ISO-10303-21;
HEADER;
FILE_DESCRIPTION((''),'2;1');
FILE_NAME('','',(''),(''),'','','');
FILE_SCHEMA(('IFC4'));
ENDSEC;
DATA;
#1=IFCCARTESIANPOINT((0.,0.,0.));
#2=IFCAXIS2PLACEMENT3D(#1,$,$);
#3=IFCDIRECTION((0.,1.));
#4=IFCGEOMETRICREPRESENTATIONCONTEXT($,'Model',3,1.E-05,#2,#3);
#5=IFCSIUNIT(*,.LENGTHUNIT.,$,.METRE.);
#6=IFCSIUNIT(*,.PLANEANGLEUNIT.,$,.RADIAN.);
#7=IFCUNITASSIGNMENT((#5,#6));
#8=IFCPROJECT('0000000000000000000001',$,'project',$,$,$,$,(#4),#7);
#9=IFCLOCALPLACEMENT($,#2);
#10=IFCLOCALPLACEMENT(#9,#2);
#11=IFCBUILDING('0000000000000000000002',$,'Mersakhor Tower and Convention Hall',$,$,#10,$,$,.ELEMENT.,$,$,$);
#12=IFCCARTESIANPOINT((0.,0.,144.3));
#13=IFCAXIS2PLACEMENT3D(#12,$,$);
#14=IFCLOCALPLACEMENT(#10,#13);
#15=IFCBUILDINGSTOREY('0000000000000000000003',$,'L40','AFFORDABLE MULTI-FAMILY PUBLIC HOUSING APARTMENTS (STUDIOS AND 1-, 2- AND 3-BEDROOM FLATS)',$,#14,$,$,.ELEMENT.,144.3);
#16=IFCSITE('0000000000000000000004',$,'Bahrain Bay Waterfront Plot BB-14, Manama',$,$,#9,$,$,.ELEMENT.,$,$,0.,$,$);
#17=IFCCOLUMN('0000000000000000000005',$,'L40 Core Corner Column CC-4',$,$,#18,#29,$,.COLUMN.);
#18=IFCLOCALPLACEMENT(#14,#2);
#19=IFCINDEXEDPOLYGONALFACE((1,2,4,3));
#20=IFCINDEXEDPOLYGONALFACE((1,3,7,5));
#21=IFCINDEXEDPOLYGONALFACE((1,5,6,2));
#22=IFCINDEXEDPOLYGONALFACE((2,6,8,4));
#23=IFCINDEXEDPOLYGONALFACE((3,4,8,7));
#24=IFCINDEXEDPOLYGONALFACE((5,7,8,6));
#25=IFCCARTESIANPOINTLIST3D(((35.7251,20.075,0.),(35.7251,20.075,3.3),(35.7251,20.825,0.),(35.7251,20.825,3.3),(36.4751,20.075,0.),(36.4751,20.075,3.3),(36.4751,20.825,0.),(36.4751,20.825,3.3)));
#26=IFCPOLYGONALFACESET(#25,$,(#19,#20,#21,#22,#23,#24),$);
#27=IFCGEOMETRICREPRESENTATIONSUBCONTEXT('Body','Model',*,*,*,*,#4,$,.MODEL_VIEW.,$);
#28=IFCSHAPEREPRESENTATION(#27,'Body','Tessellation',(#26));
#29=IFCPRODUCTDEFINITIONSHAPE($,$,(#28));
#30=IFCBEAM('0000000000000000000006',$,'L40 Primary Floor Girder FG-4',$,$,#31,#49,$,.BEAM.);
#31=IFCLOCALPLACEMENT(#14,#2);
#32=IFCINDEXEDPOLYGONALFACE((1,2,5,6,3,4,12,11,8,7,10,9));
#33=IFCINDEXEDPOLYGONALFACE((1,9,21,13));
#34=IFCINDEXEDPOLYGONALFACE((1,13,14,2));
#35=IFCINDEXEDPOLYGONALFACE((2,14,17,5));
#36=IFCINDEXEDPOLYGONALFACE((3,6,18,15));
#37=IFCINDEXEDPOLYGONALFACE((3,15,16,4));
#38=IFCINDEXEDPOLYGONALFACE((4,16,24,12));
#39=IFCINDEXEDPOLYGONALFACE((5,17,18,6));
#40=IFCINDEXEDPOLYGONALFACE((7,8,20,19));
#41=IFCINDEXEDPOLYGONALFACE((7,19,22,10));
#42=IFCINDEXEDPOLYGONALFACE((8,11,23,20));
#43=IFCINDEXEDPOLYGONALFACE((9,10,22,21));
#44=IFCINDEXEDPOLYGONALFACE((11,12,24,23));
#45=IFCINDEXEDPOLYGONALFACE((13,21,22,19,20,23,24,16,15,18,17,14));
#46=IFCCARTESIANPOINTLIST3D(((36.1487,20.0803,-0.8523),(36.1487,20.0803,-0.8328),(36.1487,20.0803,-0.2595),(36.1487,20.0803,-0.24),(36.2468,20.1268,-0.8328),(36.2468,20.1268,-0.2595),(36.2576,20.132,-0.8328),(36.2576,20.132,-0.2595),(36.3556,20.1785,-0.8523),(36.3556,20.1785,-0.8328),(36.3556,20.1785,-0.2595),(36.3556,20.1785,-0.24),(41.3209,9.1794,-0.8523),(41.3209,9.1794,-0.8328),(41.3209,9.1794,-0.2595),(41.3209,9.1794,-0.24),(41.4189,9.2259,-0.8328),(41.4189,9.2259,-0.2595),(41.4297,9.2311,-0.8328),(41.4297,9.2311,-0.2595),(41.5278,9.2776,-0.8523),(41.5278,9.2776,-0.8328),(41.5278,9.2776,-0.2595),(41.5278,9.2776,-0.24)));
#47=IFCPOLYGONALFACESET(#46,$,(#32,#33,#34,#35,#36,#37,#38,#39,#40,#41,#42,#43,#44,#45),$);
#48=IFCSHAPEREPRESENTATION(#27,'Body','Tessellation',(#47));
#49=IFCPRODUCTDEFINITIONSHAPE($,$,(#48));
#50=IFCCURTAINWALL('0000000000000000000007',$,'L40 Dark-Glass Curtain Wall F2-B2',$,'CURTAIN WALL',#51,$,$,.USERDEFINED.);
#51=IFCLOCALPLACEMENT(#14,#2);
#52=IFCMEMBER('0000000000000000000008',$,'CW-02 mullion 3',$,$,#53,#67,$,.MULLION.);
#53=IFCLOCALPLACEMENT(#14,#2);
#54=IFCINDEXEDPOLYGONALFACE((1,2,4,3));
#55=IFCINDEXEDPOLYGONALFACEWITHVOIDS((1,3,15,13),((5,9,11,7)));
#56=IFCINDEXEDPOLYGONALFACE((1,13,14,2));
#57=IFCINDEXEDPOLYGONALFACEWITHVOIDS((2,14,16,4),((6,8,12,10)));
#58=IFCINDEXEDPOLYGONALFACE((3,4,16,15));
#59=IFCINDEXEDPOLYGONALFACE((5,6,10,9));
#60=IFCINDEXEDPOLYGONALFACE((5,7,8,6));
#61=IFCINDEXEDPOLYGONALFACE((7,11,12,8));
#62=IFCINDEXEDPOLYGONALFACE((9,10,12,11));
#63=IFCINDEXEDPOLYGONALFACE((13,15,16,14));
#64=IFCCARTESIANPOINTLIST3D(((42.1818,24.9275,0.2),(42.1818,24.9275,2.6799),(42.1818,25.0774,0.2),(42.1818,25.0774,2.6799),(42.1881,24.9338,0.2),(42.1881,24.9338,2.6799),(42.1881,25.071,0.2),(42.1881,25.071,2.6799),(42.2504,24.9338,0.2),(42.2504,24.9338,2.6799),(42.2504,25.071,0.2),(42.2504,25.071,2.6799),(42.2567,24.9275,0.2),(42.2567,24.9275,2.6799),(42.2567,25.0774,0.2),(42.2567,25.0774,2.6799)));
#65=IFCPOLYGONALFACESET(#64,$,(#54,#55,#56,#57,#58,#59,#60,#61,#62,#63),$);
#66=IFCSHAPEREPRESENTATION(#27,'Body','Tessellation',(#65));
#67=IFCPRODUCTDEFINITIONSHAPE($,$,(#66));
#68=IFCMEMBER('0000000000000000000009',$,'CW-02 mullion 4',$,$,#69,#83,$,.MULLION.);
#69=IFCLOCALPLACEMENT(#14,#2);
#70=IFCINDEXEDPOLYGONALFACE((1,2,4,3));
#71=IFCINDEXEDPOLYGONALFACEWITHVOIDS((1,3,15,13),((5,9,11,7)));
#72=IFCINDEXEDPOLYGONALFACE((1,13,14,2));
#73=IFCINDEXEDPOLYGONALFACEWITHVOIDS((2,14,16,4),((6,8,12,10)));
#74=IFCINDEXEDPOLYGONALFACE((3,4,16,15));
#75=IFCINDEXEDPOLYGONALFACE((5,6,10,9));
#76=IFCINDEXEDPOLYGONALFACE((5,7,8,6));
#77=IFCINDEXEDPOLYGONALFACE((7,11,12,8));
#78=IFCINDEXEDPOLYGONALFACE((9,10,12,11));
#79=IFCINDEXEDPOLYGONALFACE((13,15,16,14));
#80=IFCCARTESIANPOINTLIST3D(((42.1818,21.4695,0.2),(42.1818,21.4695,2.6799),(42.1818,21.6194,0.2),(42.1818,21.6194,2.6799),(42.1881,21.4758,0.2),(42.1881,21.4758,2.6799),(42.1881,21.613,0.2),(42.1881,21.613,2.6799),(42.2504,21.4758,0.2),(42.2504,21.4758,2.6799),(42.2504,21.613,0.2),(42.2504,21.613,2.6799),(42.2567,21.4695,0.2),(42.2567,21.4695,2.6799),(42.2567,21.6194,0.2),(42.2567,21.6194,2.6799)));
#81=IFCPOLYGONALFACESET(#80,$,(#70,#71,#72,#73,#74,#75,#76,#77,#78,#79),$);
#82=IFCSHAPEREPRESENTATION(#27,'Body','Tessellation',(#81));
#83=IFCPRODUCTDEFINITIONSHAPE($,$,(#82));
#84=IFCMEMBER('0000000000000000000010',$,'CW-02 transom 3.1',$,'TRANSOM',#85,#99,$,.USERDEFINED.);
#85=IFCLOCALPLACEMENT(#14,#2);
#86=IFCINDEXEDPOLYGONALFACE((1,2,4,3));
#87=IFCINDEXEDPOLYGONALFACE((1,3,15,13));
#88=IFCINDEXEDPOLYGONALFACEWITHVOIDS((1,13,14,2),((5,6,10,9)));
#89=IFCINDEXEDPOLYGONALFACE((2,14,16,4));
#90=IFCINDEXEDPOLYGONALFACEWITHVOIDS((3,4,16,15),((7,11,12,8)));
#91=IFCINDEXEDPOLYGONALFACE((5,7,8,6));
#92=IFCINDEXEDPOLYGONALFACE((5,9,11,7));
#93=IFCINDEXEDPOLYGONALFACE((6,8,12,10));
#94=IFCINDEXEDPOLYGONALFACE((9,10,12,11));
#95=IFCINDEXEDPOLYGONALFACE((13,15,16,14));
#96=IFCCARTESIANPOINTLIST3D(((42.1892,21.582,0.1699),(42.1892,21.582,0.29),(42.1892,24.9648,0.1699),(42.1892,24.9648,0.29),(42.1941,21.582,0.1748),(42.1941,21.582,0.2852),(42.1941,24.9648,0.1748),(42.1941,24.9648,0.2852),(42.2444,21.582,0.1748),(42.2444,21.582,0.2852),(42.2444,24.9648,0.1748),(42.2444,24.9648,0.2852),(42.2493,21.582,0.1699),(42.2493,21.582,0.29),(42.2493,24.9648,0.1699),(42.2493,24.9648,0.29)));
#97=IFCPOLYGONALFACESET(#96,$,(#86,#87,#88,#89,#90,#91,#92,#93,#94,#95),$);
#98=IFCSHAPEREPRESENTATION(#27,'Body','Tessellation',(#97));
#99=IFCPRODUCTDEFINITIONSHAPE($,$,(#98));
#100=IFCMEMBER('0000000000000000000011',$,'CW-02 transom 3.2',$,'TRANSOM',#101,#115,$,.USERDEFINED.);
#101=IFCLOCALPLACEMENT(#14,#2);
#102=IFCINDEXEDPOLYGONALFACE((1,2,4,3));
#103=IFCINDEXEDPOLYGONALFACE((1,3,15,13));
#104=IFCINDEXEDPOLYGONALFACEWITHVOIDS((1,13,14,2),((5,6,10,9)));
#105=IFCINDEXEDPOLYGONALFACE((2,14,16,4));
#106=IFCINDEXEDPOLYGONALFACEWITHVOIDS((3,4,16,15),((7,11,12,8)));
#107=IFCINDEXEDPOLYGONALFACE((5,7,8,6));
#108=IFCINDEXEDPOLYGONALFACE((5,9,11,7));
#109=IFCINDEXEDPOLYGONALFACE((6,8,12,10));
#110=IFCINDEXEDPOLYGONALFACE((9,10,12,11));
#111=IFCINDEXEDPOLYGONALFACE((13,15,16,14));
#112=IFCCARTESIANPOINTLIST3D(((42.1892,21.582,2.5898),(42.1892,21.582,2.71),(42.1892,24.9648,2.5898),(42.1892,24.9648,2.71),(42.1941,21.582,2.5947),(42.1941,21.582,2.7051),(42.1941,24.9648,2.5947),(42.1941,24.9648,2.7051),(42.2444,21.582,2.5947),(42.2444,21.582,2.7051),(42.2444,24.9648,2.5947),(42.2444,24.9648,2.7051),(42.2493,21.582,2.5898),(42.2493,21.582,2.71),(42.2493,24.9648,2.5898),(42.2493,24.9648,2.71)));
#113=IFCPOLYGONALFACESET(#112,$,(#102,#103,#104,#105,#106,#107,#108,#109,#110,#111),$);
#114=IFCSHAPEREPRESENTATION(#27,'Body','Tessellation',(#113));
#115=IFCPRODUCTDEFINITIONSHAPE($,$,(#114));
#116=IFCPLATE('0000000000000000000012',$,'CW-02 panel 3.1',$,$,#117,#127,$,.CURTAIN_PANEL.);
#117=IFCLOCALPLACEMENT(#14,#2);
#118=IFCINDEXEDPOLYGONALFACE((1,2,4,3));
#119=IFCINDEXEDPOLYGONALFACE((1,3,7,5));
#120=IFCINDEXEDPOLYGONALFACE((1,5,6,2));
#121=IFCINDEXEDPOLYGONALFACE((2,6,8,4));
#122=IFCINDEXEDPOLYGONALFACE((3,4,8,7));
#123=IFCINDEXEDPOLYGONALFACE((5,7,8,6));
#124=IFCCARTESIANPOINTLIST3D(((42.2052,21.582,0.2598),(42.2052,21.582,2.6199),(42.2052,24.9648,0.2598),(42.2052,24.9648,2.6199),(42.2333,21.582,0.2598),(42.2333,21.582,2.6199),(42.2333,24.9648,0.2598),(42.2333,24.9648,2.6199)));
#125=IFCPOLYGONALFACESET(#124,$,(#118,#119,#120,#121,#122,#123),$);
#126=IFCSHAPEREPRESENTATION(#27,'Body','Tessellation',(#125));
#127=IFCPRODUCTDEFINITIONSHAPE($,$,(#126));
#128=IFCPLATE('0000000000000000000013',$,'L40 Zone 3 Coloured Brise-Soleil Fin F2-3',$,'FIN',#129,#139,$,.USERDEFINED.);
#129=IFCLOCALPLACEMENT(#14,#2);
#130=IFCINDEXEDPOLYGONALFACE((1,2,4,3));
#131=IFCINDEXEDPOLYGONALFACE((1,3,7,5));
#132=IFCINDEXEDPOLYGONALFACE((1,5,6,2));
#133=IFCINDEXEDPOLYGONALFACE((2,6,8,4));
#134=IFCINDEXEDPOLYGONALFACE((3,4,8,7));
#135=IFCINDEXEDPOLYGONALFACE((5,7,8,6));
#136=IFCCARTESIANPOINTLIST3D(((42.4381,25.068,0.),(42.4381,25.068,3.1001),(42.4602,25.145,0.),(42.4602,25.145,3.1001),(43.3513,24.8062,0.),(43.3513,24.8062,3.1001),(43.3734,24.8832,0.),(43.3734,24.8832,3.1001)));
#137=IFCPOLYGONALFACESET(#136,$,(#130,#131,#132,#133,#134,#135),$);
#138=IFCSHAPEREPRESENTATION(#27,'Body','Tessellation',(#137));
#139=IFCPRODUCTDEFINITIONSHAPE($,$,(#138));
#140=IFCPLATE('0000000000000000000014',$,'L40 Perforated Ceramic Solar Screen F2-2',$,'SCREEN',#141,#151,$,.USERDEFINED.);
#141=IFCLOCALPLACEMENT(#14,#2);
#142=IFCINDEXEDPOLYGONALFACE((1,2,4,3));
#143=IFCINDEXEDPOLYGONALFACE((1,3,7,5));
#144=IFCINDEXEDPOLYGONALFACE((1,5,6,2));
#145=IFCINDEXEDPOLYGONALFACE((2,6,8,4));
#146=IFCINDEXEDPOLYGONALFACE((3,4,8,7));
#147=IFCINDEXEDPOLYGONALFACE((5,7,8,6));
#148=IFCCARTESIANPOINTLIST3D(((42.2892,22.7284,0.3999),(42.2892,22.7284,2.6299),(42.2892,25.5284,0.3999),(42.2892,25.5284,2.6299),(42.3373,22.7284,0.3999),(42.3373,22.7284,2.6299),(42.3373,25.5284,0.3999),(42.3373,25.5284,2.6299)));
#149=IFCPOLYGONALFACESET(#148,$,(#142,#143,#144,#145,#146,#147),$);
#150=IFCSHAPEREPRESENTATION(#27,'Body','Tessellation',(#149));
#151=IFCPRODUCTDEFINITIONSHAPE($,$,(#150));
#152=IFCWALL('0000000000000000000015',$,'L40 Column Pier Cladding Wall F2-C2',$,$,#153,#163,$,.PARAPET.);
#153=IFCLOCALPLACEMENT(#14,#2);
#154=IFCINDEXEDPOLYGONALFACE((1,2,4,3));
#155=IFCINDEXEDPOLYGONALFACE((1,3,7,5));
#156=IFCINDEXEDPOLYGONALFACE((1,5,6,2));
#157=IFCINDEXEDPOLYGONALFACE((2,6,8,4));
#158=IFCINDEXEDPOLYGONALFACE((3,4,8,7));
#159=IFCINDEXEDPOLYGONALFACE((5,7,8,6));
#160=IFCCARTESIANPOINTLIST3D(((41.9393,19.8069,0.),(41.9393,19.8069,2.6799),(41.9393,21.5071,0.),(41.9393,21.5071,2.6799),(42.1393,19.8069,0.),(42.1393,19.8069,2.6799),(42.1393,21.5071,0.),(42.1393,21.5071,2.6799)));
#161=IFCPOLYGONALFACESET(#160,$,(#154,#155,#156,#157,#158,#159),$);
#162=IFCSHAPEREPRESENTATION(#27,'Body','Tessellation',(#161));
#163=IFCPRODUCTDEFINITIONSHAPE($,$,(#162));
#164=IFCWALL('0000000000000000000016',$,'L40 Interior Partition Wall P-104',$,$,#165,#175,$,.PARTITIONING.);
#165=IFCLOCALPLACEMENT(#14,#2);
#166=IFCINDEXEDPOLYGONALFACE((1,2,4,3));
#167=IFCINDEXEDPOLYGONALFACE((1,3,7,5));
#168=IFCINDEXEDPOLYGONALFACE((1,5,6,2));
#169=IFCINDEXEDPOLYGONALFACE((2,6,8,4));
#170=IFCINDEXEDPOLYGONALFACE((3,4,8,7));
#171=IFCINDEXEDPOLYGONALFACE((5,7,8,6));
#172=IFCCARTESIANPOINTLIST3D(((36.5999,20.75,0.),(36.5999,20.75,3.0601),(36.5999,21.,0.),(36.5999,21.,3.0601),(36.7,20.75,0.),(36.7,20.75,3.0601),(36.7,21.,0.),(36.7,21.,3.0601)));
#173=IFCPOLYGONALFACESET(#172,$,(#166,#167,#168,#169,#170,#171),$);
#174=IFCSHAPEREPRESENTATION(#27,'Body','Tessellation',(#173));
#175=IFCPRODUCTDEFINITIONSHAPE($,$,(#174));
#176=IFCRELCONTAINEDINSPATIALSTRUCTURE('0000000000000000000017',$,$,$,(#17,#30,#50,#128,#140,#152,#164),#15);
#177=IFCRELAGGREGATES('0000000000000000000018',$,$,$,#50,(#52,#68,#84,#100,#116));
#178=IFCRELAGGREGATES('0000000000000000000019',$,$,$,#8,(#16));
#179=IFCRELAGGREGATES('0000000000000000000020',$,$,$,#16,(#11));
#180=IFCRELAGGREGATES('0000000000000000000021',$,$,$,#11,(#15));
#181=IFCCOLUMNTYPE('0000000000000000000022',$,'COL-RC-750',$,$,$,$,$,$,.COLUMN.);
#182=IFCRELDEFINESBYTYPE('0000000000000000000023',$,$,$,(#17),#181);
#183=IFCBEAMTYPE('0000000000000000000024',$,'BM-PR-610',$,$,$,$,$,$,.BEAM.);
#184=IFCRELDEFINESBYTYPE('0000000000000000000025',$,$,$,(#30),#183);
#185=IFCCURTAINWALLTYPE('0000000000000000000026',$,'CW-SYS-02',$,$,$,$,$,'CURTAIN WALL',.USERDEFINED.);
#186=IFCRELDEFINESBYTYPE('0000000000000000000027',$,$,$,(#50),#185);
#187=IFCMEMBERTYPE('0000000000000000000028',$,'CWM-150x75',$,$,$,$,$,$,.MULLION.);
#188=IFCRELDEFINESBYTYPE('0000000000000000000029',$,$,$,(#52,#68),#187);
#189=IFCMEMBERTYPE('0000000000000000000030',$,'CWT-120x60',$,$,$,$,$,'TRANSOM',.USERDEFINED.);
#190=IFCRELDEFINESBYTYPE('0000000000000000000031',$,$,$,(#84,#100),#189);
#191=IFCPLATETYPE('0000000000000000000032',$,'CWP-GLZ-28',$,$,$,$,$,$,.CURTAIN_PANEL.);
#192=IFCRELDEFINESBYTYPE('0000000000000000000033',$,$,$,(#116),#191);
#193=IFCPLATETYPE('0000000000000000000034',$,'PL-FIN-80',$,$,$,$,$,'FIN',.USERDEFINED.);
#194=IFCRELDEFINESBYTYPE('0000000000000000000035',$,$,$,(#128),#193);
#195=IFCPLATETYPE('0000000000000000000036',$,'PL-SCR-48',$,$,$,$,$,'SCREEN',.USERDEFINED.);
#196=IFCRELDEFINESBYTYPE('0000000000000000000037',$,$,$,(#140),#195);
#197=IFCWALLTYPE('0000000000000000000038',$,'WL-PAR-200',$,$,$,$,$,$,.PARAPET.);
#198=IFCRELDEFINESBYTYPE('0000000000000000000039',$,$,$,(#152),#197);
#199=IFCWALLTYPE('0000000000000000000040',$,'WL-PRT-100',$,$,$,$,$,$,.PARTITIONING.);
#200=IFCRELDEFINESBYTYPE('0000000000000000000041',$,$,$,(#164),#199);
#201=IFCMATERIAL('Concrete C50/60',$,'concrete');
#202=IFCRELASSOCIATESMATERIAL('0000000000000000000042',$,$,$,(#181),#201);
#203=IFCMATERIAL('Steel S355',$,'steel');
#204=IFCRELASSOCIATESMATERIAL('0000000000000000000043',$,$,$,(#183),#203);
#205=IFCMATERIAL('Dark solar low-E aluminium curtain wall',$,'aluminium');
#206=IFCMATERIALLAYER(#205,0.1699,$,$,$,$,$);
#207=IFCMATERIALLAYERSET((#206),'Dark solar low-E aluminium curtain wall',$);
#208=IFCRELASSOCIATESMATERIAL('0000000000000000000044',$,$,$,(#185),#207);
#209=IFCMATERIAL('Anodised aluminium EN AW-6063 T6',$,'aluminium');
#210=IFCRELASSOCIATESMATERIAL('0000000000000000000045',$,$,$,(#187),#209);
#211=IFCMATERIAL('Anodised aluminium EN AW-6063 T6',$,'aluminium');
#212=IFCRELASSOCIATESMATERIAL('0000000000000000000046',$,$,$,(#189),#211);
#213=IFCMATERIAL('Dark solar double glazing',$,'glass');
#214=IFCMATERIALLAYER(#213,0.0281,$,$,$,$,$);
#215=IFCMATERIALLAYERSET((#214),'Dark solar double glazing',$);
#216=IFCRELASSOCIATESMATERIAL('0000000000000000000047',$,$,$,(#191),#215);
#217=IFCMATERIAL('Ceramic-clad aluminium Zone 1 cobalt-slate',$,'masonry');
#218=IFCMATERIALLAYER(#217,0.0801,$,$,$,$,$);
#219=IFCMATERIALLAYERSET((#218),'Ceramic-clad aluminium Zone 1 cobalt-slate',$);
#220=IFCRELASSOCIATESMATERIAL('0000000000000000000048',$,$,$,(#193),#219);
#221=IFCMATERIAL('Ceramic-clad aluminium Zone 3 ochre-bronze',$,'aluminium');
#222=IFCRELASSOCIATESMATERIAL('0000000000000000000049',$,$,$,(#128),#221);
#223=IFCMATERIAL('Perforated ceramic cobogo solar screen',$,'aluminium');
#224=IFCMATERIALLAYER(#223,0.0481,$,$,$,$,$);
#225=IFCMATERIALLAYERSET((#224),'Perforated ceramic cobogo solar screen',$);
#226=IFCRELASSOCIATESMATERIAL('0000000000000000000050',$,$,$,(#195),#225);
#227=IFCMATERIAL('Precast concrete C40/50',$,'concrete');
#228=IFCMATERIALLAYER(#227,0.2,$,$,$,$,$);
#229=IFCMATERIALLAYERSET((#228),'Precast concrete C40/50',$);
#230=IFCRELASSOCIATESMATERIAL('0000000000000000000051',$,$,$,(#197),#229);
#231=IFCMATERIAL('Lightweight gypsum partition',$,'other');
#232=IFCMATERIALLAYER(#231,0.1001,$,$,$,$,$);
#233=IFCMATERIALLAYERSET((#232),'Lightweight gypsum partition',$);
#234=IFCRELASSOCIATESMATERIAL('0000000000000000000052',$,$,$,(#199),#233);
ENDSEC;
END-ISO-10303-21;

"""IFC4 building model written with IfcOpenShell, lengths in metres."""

from ifc_helpers import new_model, si_unit, direction, frame, frame_2d, origin, origin_2d, place, context, subcontext, project, spatial, rectangle, hollow_rectangle, i_section, extrude, material, layer, layer_set, material_profile, profile_set, type_object, element, aggregate, save


model = new_model("IFC4")

# Units and contexts
model_context = context("Model", 3, precision=1e-05, world=origin(), true_north=direction((0.0, 1.0)))
body_context = subcontext(model_context, "Body", "Model", "MODEL_VIEW")
ifc_project = project(units=[si_unit("LENGTHUNIT", "METRE"), si_unit("PLANEANGLEUNIT", "RADIAN")], contexts=[model_context])

# Site, building, storey
site_placement = place(None, origin())
site = spatial("IfcSite", under=ifc_project, at=site_placement, Name="Bahrain Bay Waterfront Plot BB-14, Manama", CompositionType="ELEMENT", RefElevation=0.0)
building_placement = place(site_placement, origin())
building = spatial("IfcBuilding", under=site, at=building_placement, Name="Mersakhor Tower and Convention Hall", CompositionType="ELEMENT")
storey_placement = place(building_placement, frame((0.0, 0.0, 144.3)))
storey = spatial("IfcBuildingStorey", under=building, at=storey_placement, Name="L40", Description="AFFORDABLE MULTI-FAMILY PUBLIC HOUSING APARTMENTS (STUDIOS AND 1-, 2- AND 3-BEDROOM FLATS)", CompositionType="ELEMENT", Elevation=144.3)

# Column
ifc_material_1 = material(Name="Concrete C50/60", Category="concrete")
ifc_material_profile_1 = material_profile(ifc_material_1, rectangle(XDim=0.75, YDim=0.75, at=origin_2d()), Name="RC 750x750")
ifc_profile_set_1 = profile_set([ifc_material_profile_1], Name="Concrete C50/60")
column_type = type_object("IfcColumnType", Name="COL-RC-750", PredefinedType="COLUMN", material=ifc_profile_set_1)
column_placement = place(storey_placement, frame((36.1001, 20.45, 0.0), z_axis=(0.0, 0.0, 1.0), x_axis=(1.0, 0.0, 0.0)))
element("IfcColumn", 1, at=column_placement, inside=storey, type_object=column_type, Name="L40 Core Corner Column CC-4", PredefinedType="COLUMN", context=body_context, shape_type="SweptSolid", body=[
    extrude(rectangle(XDim=0.75, YDim=0.75, at=origin_2d()), origin(), (0.0, 0.0, 1.0), 3.3),
])

# Beam
ifc_material_2 = material(Name="Steel S355", Category="steel")
ifc_material_profile_2 = material_profile(ifc_material_2, i_section(OverallWidth=0.229, OverallDepth=0.6123, WebThickness=0.012, FlangeThickness=0.0195, at=origin_2d()), Name="UB 610x229x125")
ifc_profile_set_2 = profile_set([ifc_material_profile_2], Name="Steel S355")
beam_type = type_object("IfcBeamType", Name="BM-PR-610", PredefinedType="BEAM", material=ifc_profile_set_2)
beam_placement = place(storey_placement, frame((36.2522, 20.1294, -0.5461), z_axis=(0.428665, -0.903464, 0.0), x_axis=(0.903464, 0.428665, 0.0)))
element("IfcBeam", 2, at=beam_placement, inside=storey, type_object=beam_type, Name="L40 Primary Floor Girder FG-4", PredefinedType="BEAM", context=body_context, shape_type="SweptSolid", body=[
    extrude(i_section(OverallWidth=0.229, OverallDepth=0.6123, WebThickness=0.012, FlangeThickness=0.0195, at=origin_2d()), origin(), (0.0, 0.0, 1.0), 12.0657),
])

# Curtain wall, members, plate
ifc_material_3 = material(Name="Dark solar low-E aluminium curtain wall", Category="aluminium")
ifc_layer_1 = layer(ifc_material_3, 0.1699)
ifc_layer_set_1 = layer_set([ifc_layer_1], Name="Dark solar low-E aluminium curtain wall")
curtain_wall_type = type_object("IfcCurtainWallType", Name="CW-SYS-02", ElementType="CURTAIN WALL", PredefinedType="USERDEFINED", material=ifc_layer_set_1)
curtain_wall_placement = place(storey_placement, origin())
curtain_wall = element("IfcCurtainWall", 3, at=curtain_wall_placement, inside=storey, type_object=curtain_wall_type, Name="L40 Dark-Glass Curtain Wall F2-B2", ObjectType="CURTAIN WALL", PredefinedType="USERDEFINED")
ifc_material_4 = material(Name="Anodised aluminium EN AW-6063 T6", Category="aluminium")
ifc_material_profile_3 = material_profile(ifc_material_4, hollow_rectangle(XDim=0.075, YDim=0.1499, WallThickness=0.0063, at=origin_2d()), Name="RHS 150x75x6.3")
ifc_profile_set_3 = profile_set([ifc_material_profile_3], Name="Anodised aluminium EN AW-6063 T6")
member_type_1 = type_object("IfcMemberType", Name="CWM-150x75", PredefinedType="MULLION", material=ifc_profile_set_3)
member_1_placement = place(storey_placement, frame((42.2192, 25.0024, 0.2), z_axis=(0.0, 0.0, 1.0), x_axis=(1.0, 0.0, 0.0)))
member_1 = element("IfcMember", 4, at=member_1_placement, type_object=member_type_1, Name="CW-02 mullion 3", PredefinedType="MULLION", context=body_context, shape_type="SweptSolid", body=[
    extrude(hollow_rectangle(XDim=0.075, YDim=0.1499, WallThickness=0.0063, at=origin_2d()), origin(), (0.0, 0.0, 1.0), 2.48),
])
member_2_placement = place(storey_placement, frame((42.2192, 21.5444, 0.2), z_axis=(0.0, 0.0, 1.0), x_axis=(1.0, 0.0, 0.0)))
member_2 = element("IfcMember", 5, at=member_2_placement, type_object=member_type_1, Name="CW-02 mullion 4", PredefinedType="MULLION", context=body_context, shape_type="SweptSolid", body=[
    extrude(hollow_rectangle(XDim=0.075, YDim=0.1499, WallThickness=0.0063, at=origin_2d()), origin(), (0.0, 0.0, 1.0), 2.48),
])
ifc_material_5 = material(Name="Anodised aluminium EN AW-6063 T6", Category="aluminium")
ifc_material_profile_4 = material_profile(ifc_material_5, hollow_rectangle(XDim=0.0601, YDim=0.1201, WallThickness=0.0049, at=origin_2d()), Name="RHS 120x60x5")
ifc_profile_set_4 = profile_set([ifc_material_profile_4], Name="Anodised aluminium EN AW-6063 T6")
member_type_2 = type_object("IfcMemberType", Name="CWT-120x60", ElementType="TRANSOM", PredefinedType="USERDEFINED", material=ifc_profile_set_4)
member_3_placement = place(storey_placement, frame((42.2192, 24.9648, 0.23), z_axis=(0.0, -1.0, 0.0), x_axis=(1.0, 0.0, 0.0)))
member_3 = element("IfcMember", 6, at=member_3_placement, type_object=member_type_2, Name="CW-02 transom 3.1", ObjectType="TRANSOM", PredefinedType="USERDEFINED", context=body_context, shape_type="SweptSolid", body=[
    extrude(hollow_rectangle(XDim=0.0601, YDim=0.1201, WallThickness=0.0049, at=origin_2d()), origin(), (0.0, 0.0, 1.0), 3.3828),
])
member_4_placement = place(storey_placement, frame((42.2192, 24.9648, 2.6499), z_axis=(0.0, -1.0, 0.0), x_axis=(1.0, 0.0, 0.0)))
member_4 = element("IfcMember", 7, at=member_4_placement, type_object=member_type_2, Name="CW-02 transom 3.2", ObjectType="TRANSOM", PredefinedType="USERDEFINED", context=body_context, shape_type="SweptSolid", body=[
    extrude(hollow_rectangle(XDim=0.0601, YDim=0.1201, WallThickness=0.0049, at=origin_2d()), origin(), (0.0, 0.0, 1.0), 3.3828),
])
ifc_material_6 = material(Name="Dark solar double glazing", Category="glass")
ifc_layer_2 = layer(ifc_material_6, 0.0281)
ifc_layer_set_2 = layer_set([ifc_layer_2], Name="Dark solar double glazing")
plate_type_1 = type_object("IfcPlateType", Name="CWP-GLZ-28", PredefinedType="CURTAIN_PANEL", material=ifc_layer_set_2)
plate_1_placement = place(storey_placement, frame((42.2192, 23.2734, 0.2598), z_axis=(0.0, 0.0, 1.0), x_axis=(0.0, -1.0, 0.0)))
plate_1 = element("IfcPlate", 8, at=plate_1_placement, type_object=plate_type_1, Name="CW-02 panel 3.1", PredefinedType="CURTAIN_PANEL", context=body_context, shape_type="SweptSolid", body=[
    extrude(rectangle(XDim=3.3828, YDim=0.0281, at=origin_2d()), origin(), (0.0, 0.0, 1.0), 2.3601),
])
aggregate(curtain_wall, [member_1, member_2, member_3, member_4, plate_1])

# Plates
ifc_material_7 = material(Name="Ceramic-clad aluminium Zone 3 ochre-bronze", Category="aluminium")
ifc_material_8 = material(Name="Ceramic-clad aluminium Zone 1 cobalt-slate", Category="masonry")
ifc_layer_3 = layer(ifc_material_8, 0.0801)
ifc_layer_set_3 = layer_set([ifc_layer_3], Name="Ceramic-clad aluminium Zone 1 cobalt-slate")
plate_type_2 = type_object("IfcPlateType", Name="PL-FIN-80", ElementType="FIN", PredefinedType="USERDEFINED", material=ifc_layer_set_3)
plate_2_placement = place(storey_placement, frame((42.9058, 24.9756, 0.0), z_axis=(0.0, 0.0, 1.0), x_axis=(0.961262, -0.275637, 0.0)))
element("IfcPlate", 9, at=plate_2_placement, inside=storey, type_object=plate_type_2, material=ifc_material_7, Name="L40 Zone 3 Coloured Brise-Soleil Fin F2-3", ObjectType="FIN", PredefinedType="USERDEFINED", context=body_context, shape_type="SweptSolid", body=[
    extrude(rectangle(XDim=0.95, YDim=0.0801, at=origin_2d()), origin(), (0.0, 0.0, 1.0), 3.1001),
])
ifc_material_9 = material(Name="Perforated ceramic cobogo solar screen", Category="aluminium")
ifc_layer_4 = layer(ifc_material_9, 0.0481)
ifc_layer_set_4 = layer_set([ifc_layer_4], Name="Perforated ceramic cobogo solar screen")
plate_type_3 = type_object("IfcPlateType", Name="PL-SCR-48", ElementType="SCREEN", PredefinedType="USERDEFINED", material=ifc_layer_set_4)
plate_3_placement = place(storey_placement, frame((42.3132, 24.1284, 0.3999), z_axis=(0.0, 0.0, 1.0), x_axis=(0.0, -1.0, 0.0)))
element("IfcPlate", 10, at=plate_3_placement, inside=storey, type_object=plate_type_3, Name="L40 Perforated Ceramic Solar Screen F2-2", ObjectType="SCREEN", PredefinedType="USERDEFINED", context=body_context, shape_type="SweptSolid", body=[
    extrude(rectangle(XDim=2.8, YDim=0.0481, at=origin_2d()), origin(), (0.0, 0.0, 1.0), 2.23),
])

# Walls
ifc_material_10 = material(Name="Precast concrete C40/50", Category="concrete")
ifc_layer_5 = layer(ifc_material_10, 0.2)
ifc_layer_set_5 = layer_set([ifc_layer_5], Name="Precast concrete C40/50")
wall_type_1 = type_object("IfcWallType", Name="WL-PAR-200", PredefinedType="PARAPET", material=ifc_layer_set_5)
wall_1_placement = place(storey_placement, frame((42.0393, 21.5071, 0.0), z_axis=(0.0, 0.0, 1.0), x_axis=(0.0, -1.0, 0.0)))
element("IfcWall", 11, at=wall_1_placement, inside=storey, type_object=wall_type_1, Name="L40 Column Pier Cladding Wall F2-C2", PredefinedType="PARAPET", context=body_context, shape_type="SweptSolid", body=[
    extrude(rectangle(XDim=1.7002, YDim=0.2, at=frame_2d((0.8501, 0.0))), origin(), (0.0, 0.0, 1.0), 2.6799),
])
ifc_material_11 = material(Name="Lightweight gypsum partition", Category="other")
ifc_layer_6 = layer(ifc_material_11, 0.1001)
ifc_layer_set_6 = layer_set([ifc_layer_6], Name="Lightweight gypsum partition")
wall_type_2 = type_object("IfcWallType", Name="WL-PRT-100", PredefinedType="PARTITIONING", material=ifc_layer_set_6)
wall_2_placement = place(storey_placement, frame((36.6499, 20.75, 0.0), z_axis=(0.0, 0.0, 1.0), x_axis=(0.0, 1.0, 0.0)))
element("IfcWall", 12, at=wall_2_placement, inside=storey, type_object=wall_type_2, Name="L40 Interior Partition Wall P-104", PredefinedType="PARTITIONING", context=body_context, shape_type="SweptSolid", body=[
    extrude(rectangle(XDim=0.25, YDim=0.1001, at=frame_2d((0.125, 0.0))), origin(), (0.0, 0.0, 1.0), 3.0601),
])

save(model, "model.ifc")
